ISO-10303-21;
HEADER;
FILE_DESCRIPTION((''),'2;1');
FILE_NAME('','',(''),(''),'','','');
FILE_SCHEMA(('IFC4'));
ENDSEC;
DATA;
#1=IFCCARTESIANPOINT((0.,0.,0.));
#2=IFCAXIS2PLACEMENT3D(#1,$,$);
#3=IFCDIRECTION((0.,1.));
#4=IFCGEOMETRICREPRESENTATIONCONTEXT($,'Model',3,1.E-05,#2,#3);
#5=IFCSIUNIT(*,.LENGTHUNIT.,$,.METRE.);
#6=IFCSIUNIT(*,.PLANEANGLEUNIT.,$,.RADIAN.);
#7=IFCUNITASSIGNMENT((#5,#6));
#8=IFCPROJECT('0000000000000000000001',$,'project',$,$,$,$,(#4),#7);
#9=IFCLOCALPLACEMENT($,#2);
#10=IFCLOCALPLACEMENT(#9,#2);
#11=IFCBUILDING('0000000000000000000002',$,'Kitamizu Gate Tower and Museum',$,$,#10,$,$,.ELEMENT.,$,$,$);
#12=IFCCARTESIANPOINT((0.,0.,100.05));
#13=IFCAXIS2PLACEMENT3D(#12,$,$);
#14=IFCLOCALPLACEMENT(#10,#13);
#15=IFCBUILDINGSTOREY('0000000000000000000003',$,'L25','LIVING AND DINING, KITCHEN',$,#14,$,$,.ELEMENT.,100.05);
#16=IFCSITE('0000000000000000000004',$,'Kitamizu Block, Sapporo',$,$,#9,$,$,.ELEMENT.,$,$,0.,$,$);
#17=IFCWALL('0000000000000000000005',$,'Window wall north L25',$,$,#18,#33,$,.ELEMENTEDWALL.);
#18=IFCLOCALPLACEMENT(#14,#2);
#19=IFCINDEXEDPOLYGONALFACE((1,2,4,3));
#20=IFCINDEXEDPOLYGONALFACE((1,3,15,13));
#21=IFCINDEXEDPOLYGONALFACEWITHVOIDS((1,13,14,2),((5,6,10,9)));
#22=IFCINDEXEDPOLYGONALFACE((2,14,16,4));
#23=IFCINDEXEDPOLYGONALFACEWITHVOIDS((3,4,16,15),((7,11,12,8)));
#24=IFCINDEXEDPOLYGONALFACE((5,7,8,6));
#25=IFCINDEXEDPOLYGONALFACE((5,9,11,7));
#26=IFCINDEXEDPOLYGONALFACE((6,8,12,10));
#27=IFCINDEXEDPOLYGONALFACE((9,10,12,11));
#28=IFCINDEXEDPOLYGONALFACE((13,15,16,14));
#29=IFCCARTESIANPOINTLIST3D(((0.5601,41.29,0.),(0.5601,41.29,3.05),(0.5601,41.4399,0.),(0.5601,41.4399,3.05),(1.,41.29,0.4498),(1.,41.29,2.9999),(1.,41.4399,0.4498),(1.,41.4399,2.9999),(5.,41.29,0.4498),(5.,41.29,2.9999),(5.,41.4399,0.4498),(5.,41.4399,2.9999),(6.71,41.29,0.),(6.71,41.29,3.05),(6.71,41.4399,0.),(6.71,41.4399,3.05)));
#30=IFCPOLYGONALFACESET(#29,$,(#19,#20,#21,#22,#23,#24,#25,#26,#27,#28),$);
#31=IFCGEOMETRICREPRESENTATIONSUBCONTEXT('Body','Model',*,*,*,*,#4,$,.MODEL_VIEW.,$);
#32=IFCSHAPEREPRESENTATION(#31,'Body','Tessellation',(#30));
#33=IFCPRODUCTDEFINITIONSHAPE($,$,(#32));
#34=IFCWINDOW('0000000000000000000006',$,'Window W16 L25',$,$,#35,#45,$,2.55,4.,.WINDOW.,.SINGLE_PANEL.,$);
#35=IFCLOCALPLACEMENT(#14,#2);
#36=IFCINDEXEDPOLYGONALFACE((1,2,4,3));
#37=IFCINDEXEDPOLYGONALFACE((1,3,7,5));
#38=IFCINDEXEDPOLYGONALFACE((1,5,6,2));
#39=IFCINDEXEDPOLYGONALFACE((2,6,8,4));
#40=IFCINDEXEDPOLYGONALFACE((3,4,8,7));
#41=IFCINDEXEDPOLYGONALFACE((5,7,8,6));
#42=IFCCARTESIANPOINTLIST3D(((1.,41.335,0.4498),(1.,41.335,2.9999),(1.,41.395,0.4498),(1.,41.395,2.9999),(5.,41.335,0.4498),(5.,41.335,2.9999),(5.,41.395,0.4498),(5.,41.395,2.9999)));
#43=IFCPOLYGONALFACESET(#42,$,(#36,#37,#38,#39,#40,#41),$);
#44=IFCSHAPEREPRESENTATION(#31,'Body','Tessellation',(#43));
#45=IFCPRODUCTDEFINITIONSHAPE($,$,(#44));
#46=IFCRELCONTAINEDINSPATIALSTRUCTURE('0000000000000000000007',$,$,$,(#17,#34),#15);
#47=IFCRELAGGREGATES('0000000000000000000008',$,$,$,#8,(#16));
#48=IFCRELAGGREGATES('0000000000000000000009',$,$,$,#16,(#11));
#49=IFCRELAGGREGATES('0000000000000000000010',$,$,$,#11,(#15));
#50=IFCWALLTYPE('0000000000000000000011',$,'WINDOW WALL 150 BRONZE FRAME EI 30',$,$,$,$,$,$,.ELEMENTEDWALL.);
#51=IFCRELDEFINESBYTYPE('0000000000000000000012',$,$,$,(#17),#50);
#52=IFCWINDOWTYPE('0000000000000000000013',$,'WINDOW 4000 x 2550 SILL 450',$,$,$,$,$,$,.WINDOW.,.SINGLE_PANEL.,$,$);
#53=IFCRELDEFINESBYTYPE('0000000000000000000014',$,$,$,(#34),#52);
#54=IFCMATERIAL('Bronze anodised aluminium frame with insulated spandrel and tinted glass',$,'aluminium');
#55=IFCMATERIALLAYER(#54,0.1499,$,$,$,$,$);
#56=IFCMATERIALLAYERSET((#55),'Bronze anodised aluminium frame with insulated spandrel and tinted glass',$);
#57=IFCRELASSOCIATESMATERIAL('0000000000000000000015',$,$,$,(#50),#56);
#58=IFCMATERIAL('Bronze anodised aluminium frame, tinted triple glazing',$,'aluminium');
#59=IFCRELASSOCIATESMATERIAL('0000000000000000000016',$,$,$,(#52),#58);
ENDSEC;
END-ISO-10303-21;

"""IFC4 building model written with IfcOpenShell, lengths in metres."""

from ifc_helpers import new_model, si_unit, direction, frame, frame_2d, origin, place, context, subcontext, project, spatial, rectangle, extrude, material, layer, layer_set, type_object, element, fill, save


model = new_model("IFC4")

# Units and contexts
model_context = context("Model", 3, precision=1e-05, world=origin(), true_north=direction((0.0, 1.0)))
body_context = subcontext(model_context, "Body", "Model", "MODEL_VIEW")
ifc_project = project(units=[si_unit("LENGTHUNIT", "METRE"), si_unit("PLANEANGLEUNIT", "RADIAN")], contexts=[model_context])

# Site, building, storey
site_placement = place(None, origin())
site = spatial("IfcSite", under=ifc_project, at=site_placement, Name="Kitamizu Block, Sapporo", CompositionType="ELEMENT", RefElevation=0.0)
building_placement = place(site_placement, origin())
building = spatial("IfcBuilding", under=site, at=building_placement, Name="Kitamizu Gate Tower and Museum", CompositionType="ELEMENT")
storey_placement = place(building_placement, frame((0.0, 0.0, 100.05)))
storey = spatial("IfcBuildingStorey", under=building, at=storey_placement, Name="L25", Description="LIVING AND DINING, KITCHEN", CompositionType="ELEMENT", Elevation=100.05)

# Shared definitions
ifc_material_1 = material(Name="Bronze anodised aluminium frame with insulated spandrel and tinted glass", Category="aluminium")
ifc_layer_1 = layer(ifc_material_1, 0.1499)
ifc_layer_set_1 = layer_set([ifc_layer_1], Name="Bronze anodised aluminium frame with insulated spandrel and tinted glass")
wall_type_1 = type_object("IfcWallType", Name="WINDOW WALL 150 BRONZE FRAME EI 30", PredefinedType="ELEMENTEDWALL", material=ifc_layer_set_1)

# Wall, opening, window
ifc_material_2 = material(Name="Bronze anodised aluminium frame, tinted triple glazing", Category="aluminium")
window_type_1 = type_object("IfcWindowType", Name="WINDOW 4000 x 2550 SILL 450", PartitioningType="SINGLE_PANEL", PredefinedType="WINDOW", material=ifc_material_2)
wall_1_placement = place(storey_placement, frame((0.5601, 41.365, 0.0), z_axis=(0.0, 0.0, 1.0), x_axis=(1.0, 0.0, 0.0)))
wall_1 = element("IfcWall", 1, at=wall_1_placement, inside=storey, type_object=wall_type_1, Name="Window wall north L25", PredefinedType="ELEMENTEDWALL", context=body_context, shape_type="SweptSolid", body=[
    extrude(rectangle(XDim=6.1499, YDim=0.1499, at=frame_2d((3.075, 0.0))), origin(), (0.0, 0.0, 1.0), 3.05),
])
opening_1_placement = place(wall_1_placement, frame((0.4399, 0.0, 0.45)))
opening_1 = element("IfcOpeningElement", 2, at=opening_1_placement, cuts=wall_1, PredefinedType="OPENING", context=body_context, shape_type="SweptSolid", body=[
    extrude(rectangle(XDim=4.0, YDim=2.55, at=frame_2d((2.0, 1.2749))), frame((0.0, 0.085, 0.0), z_axis=(0.0, -1.0, 0.0), x_axis=(1.0, 0.0, 0.0)), (0.0, 0.0, 1.0), 0.1699),
])
window_1_placement = place(opening_1_placement, origin())
window_1 = element("IfcWindow", 3, at=window_1_placement, inside=storey, type_object=window_type_1, Name="Window W16 L25", OverallHeight=2.55, OverallWidth=4.0, PartitioningType="SINGLE_PANEL", PredefinedType="WINDOW", context=body_context, shape_type="SweptSolid", body=[
    extrude(rectangle(XDim=4.0, YDim=2.55, at=frame_2d((2.0, 1.2749))), frame((0.0, 0.03, 0.0), z_axis=(0.0, -1.0, 0.0), x_axis=(1.0, 0.0, 0.0)), (0.0, 0.0, 1.0), 0.0601),
])
fill(opening_1, window_1)

save(model, "model.ifc")
